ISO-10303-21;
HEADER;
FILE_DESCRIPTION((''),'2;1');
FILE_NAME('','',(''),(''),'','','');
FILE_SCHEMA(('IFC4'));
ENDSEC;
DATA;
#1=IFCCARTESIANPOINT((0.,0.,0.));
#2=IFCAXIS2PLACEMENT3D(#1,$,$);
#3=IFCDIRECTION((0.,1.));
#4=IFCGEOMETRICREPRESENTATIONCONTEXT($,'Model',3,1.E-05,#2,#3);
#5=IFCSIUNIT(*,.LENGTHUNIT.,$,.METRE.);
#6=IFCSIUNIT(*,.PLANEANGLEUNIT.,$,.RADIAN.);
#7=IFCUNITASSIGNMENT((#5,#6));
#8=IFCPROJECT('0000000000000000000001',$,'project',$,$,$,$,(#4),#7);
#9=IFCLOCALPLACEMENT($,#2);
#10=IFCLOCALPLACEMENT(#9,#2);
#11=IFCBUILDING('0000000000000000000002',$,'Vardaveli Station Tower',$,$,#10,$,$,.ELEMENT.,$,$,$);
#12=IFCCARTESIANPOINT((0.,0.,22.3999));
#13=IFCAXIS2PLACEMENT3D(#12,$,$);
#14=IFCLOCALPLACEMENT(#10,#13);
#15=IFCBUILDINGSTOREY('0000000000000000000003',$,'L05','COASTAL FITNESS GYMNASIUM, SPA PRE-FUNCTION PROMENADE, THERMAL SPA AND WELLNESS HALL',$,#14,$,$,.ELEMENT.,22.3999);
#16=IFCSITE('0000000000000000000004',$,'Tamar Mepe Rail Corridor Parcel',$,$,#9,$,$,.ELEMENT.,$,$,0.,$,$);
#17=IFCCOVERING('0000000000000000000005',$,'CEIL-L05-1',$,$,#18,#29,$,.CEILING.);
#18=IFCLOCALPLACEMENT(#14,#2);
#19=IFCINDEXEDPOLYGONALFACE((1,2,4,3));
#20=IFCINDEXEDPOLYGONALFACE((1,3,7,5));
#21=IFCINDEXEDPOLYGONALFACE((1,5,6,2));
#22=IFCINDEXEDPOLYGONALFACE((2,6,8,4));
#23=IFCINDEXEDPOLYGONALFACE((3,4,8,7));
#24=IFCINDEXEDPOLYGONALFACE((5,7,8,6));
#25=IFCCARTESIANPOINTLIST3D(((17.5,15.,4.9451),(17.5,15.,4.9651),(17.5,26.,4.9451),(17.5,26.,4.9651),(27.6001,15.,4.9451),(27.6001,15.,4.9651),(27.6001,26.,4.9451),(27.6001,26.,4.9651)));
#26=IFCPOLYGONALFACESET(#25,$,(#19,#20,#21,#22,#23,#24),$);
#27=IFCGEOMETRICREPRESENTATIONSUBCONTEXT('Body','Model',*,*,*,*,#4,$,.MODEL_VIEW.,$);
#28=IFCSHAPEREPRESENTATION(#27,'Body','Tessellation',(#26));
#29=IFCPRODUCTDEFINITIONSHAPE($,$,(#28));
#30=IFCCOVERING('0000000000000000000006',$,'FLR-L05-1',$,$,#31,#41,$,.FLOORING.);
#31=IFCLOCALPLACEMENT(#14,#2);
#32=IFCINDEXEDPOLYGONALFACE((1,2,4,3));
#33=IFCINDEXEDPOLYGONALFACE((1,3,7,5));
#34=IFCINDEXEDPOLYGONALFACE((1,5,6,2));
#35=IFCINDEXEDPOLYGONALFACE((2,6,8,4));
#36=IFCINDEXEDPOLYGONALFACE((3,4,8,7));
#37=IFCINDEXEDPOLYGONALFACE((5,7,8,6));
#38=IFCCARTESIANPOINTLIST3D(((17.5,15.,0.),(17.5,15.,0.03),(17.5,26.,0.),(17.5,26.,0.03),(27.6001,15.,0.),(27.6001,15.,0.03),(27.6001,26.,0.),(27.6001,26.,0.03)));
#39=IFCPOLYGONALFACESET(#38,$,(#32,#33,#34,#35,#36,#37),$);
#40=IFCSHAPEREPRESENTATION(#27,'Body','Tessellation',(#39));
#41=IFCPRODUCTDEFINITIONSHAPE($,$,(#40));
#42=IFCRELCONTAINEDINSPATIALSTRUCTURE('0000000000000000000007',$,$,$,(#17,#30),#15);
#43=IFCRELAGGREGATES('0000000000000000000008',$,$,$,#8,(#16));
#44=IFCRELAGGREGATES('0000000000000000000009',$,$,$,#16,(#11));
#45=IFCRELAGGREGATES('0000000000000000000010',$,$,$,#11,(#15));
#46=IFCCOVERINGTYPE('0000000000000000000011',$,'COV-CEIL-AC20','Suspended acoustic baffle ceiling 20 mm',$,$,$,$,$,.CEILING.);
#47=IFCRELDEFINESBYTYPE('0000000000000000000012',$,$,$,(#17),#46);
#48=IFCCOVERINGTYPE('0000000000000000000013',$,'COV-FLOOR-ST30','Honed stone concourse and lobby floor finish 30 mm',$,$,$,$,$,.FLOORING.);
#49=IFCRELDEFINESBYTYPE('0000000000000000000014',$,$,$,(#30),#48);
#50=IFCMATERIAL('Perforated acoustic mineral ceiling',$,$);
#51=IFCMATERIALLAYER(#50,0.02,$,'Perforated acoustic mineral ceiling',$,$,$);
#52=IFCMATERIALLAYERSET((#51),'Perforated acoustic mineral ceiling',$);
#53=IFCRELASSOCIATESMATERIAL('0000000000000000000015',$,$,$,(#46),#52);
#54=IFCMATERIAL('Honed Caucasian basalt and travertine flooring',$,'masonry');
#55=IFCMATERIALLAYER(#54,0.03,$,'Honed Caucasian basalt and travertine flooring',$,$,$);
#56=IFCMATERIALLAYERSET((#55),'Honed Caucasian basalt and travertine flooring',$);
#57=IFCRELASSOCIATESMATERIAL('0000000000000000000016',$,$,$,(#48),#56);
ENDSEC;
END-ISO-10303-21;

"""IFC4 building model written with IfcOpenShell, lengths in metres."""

from ifc_helpers import new_model, si_unit, direction, frame, origin, place, context, subcontext, project, spatial, polyline, outline, extrude, material, layer, layer_set, type_object, element, save


model = new_model("IFC4")

# Units and contexts
model_context = context("Model", 3, precision=1e-05, world=origin(), true_north=direction((0.0, 1.0)))
body_context = subcontext(model_context, "Body", "Model", "MODEL_VIEW")
ifc_project = project(units=[si_unit("LENGTHUNIT", "METRE"), si_unit("PLANEANGLEUNIT", "RADIAN")], contexts=[model_context])

# Site, building, storey
site_placement = place(None, origin())
site = spatial("IfcSite", under=ifc_project, at=site_placement, Name="Tamar Mepe Rail Corridor Parcel", CompositionType="ELEMENT", RefElevation=0.0)
building_placement = place(site_placement, origin())
building = spatial("IfcBuilding", under=site, at=building_placement, Name="Vardaveli Station Tower", CompositionType="ELEMENT")
storey_placement = place(building_placement, frame((0.0, 0.0, 22.3999)))
storey = spatial("IfcBuildingStorey", under=building, at=storey_placement, Name="L05", Description="COASTAL FITNESS GYMNASIUM, SPA PRE-FUNCTION PROMENADE, THERMAL SPA AND WELLNESS HALL", CompositionType="ELEMENT", Elevation=22.3999)

# Coverings
ifc_material_1 = material(Name="Perforated acoustic mineral ceiling")
ifc_layer_1 = layer(ifc_material_1, 0.02, Name="Perforated acoustic mineral ceiling")
ifc_layer_set_1 = layer_set([ifc_layer_1], Name="Perforated acoustic mineral ceiling")
covering_type_1 = type_object("IfcCoveringType", Name="COV-CEIL-AC20", Description="Suspended acoustic baffle ceiling 20 mm", PredefinedType="CEILING", material=ifc_layer_set_1)
covering_1_placement = place(storey_placement, frame((0.0, 0.0, 4.9451)))
element("IfcCovering", 1, at=covering_1_placement, inside=storey, type_object=covering_type_1, Name="CEIL-L05-1", PredefinedType="CEILING", context=body_context, shape_type="SweptSolid", body=[
    extrude(outline(polyline([(17.5, 15.0), (27.6001, 15.0), (27.6001, 26.0), (17.5, 26.0), (17.5, 15.0)])), origin(), (0.0, 0.0, 1.0), 0.02),
])
ifc_material_2 = material(Name="Honed Caucasian basalt and travertine flooring", Category="masonry")
ifc_layer_2 = layer(ifc_material_2, 0.03, Name="Honed Caucasian basalt and travertine flooring")
ifc_layer_set_2 = layer_set([ifc_layer_2], Name="Honed Caucasian basalt and travertine flooring")
covering_type_2 = type_object("IfcCoveringType", Name="COV-FLOOR-ST30", Description="Honed stone concourse and lobby floor finish 30 mm", PredefinedType="FLOORING", material=ifc_layer_set_2)
covering_2_placement = place(storey_placement, origin())
element("IfcCovering", 2, at=covering_2_placement, inside=storey, type_object=covering_type_2, Name="FLR-L05-1", PredefinedType="FLOORING", context=body_context, shape_type="SweptSolid", body=[
    extrude(outline(polyline([(17.5, 15.0), (27.6001, 15.0), (27.6001, 26.0), (17.5, 26.0), (17.5, 15.0)])), origin(), (0.0, 0.0, 1.0), 0.03),
])

save(model, "model.ifc")
